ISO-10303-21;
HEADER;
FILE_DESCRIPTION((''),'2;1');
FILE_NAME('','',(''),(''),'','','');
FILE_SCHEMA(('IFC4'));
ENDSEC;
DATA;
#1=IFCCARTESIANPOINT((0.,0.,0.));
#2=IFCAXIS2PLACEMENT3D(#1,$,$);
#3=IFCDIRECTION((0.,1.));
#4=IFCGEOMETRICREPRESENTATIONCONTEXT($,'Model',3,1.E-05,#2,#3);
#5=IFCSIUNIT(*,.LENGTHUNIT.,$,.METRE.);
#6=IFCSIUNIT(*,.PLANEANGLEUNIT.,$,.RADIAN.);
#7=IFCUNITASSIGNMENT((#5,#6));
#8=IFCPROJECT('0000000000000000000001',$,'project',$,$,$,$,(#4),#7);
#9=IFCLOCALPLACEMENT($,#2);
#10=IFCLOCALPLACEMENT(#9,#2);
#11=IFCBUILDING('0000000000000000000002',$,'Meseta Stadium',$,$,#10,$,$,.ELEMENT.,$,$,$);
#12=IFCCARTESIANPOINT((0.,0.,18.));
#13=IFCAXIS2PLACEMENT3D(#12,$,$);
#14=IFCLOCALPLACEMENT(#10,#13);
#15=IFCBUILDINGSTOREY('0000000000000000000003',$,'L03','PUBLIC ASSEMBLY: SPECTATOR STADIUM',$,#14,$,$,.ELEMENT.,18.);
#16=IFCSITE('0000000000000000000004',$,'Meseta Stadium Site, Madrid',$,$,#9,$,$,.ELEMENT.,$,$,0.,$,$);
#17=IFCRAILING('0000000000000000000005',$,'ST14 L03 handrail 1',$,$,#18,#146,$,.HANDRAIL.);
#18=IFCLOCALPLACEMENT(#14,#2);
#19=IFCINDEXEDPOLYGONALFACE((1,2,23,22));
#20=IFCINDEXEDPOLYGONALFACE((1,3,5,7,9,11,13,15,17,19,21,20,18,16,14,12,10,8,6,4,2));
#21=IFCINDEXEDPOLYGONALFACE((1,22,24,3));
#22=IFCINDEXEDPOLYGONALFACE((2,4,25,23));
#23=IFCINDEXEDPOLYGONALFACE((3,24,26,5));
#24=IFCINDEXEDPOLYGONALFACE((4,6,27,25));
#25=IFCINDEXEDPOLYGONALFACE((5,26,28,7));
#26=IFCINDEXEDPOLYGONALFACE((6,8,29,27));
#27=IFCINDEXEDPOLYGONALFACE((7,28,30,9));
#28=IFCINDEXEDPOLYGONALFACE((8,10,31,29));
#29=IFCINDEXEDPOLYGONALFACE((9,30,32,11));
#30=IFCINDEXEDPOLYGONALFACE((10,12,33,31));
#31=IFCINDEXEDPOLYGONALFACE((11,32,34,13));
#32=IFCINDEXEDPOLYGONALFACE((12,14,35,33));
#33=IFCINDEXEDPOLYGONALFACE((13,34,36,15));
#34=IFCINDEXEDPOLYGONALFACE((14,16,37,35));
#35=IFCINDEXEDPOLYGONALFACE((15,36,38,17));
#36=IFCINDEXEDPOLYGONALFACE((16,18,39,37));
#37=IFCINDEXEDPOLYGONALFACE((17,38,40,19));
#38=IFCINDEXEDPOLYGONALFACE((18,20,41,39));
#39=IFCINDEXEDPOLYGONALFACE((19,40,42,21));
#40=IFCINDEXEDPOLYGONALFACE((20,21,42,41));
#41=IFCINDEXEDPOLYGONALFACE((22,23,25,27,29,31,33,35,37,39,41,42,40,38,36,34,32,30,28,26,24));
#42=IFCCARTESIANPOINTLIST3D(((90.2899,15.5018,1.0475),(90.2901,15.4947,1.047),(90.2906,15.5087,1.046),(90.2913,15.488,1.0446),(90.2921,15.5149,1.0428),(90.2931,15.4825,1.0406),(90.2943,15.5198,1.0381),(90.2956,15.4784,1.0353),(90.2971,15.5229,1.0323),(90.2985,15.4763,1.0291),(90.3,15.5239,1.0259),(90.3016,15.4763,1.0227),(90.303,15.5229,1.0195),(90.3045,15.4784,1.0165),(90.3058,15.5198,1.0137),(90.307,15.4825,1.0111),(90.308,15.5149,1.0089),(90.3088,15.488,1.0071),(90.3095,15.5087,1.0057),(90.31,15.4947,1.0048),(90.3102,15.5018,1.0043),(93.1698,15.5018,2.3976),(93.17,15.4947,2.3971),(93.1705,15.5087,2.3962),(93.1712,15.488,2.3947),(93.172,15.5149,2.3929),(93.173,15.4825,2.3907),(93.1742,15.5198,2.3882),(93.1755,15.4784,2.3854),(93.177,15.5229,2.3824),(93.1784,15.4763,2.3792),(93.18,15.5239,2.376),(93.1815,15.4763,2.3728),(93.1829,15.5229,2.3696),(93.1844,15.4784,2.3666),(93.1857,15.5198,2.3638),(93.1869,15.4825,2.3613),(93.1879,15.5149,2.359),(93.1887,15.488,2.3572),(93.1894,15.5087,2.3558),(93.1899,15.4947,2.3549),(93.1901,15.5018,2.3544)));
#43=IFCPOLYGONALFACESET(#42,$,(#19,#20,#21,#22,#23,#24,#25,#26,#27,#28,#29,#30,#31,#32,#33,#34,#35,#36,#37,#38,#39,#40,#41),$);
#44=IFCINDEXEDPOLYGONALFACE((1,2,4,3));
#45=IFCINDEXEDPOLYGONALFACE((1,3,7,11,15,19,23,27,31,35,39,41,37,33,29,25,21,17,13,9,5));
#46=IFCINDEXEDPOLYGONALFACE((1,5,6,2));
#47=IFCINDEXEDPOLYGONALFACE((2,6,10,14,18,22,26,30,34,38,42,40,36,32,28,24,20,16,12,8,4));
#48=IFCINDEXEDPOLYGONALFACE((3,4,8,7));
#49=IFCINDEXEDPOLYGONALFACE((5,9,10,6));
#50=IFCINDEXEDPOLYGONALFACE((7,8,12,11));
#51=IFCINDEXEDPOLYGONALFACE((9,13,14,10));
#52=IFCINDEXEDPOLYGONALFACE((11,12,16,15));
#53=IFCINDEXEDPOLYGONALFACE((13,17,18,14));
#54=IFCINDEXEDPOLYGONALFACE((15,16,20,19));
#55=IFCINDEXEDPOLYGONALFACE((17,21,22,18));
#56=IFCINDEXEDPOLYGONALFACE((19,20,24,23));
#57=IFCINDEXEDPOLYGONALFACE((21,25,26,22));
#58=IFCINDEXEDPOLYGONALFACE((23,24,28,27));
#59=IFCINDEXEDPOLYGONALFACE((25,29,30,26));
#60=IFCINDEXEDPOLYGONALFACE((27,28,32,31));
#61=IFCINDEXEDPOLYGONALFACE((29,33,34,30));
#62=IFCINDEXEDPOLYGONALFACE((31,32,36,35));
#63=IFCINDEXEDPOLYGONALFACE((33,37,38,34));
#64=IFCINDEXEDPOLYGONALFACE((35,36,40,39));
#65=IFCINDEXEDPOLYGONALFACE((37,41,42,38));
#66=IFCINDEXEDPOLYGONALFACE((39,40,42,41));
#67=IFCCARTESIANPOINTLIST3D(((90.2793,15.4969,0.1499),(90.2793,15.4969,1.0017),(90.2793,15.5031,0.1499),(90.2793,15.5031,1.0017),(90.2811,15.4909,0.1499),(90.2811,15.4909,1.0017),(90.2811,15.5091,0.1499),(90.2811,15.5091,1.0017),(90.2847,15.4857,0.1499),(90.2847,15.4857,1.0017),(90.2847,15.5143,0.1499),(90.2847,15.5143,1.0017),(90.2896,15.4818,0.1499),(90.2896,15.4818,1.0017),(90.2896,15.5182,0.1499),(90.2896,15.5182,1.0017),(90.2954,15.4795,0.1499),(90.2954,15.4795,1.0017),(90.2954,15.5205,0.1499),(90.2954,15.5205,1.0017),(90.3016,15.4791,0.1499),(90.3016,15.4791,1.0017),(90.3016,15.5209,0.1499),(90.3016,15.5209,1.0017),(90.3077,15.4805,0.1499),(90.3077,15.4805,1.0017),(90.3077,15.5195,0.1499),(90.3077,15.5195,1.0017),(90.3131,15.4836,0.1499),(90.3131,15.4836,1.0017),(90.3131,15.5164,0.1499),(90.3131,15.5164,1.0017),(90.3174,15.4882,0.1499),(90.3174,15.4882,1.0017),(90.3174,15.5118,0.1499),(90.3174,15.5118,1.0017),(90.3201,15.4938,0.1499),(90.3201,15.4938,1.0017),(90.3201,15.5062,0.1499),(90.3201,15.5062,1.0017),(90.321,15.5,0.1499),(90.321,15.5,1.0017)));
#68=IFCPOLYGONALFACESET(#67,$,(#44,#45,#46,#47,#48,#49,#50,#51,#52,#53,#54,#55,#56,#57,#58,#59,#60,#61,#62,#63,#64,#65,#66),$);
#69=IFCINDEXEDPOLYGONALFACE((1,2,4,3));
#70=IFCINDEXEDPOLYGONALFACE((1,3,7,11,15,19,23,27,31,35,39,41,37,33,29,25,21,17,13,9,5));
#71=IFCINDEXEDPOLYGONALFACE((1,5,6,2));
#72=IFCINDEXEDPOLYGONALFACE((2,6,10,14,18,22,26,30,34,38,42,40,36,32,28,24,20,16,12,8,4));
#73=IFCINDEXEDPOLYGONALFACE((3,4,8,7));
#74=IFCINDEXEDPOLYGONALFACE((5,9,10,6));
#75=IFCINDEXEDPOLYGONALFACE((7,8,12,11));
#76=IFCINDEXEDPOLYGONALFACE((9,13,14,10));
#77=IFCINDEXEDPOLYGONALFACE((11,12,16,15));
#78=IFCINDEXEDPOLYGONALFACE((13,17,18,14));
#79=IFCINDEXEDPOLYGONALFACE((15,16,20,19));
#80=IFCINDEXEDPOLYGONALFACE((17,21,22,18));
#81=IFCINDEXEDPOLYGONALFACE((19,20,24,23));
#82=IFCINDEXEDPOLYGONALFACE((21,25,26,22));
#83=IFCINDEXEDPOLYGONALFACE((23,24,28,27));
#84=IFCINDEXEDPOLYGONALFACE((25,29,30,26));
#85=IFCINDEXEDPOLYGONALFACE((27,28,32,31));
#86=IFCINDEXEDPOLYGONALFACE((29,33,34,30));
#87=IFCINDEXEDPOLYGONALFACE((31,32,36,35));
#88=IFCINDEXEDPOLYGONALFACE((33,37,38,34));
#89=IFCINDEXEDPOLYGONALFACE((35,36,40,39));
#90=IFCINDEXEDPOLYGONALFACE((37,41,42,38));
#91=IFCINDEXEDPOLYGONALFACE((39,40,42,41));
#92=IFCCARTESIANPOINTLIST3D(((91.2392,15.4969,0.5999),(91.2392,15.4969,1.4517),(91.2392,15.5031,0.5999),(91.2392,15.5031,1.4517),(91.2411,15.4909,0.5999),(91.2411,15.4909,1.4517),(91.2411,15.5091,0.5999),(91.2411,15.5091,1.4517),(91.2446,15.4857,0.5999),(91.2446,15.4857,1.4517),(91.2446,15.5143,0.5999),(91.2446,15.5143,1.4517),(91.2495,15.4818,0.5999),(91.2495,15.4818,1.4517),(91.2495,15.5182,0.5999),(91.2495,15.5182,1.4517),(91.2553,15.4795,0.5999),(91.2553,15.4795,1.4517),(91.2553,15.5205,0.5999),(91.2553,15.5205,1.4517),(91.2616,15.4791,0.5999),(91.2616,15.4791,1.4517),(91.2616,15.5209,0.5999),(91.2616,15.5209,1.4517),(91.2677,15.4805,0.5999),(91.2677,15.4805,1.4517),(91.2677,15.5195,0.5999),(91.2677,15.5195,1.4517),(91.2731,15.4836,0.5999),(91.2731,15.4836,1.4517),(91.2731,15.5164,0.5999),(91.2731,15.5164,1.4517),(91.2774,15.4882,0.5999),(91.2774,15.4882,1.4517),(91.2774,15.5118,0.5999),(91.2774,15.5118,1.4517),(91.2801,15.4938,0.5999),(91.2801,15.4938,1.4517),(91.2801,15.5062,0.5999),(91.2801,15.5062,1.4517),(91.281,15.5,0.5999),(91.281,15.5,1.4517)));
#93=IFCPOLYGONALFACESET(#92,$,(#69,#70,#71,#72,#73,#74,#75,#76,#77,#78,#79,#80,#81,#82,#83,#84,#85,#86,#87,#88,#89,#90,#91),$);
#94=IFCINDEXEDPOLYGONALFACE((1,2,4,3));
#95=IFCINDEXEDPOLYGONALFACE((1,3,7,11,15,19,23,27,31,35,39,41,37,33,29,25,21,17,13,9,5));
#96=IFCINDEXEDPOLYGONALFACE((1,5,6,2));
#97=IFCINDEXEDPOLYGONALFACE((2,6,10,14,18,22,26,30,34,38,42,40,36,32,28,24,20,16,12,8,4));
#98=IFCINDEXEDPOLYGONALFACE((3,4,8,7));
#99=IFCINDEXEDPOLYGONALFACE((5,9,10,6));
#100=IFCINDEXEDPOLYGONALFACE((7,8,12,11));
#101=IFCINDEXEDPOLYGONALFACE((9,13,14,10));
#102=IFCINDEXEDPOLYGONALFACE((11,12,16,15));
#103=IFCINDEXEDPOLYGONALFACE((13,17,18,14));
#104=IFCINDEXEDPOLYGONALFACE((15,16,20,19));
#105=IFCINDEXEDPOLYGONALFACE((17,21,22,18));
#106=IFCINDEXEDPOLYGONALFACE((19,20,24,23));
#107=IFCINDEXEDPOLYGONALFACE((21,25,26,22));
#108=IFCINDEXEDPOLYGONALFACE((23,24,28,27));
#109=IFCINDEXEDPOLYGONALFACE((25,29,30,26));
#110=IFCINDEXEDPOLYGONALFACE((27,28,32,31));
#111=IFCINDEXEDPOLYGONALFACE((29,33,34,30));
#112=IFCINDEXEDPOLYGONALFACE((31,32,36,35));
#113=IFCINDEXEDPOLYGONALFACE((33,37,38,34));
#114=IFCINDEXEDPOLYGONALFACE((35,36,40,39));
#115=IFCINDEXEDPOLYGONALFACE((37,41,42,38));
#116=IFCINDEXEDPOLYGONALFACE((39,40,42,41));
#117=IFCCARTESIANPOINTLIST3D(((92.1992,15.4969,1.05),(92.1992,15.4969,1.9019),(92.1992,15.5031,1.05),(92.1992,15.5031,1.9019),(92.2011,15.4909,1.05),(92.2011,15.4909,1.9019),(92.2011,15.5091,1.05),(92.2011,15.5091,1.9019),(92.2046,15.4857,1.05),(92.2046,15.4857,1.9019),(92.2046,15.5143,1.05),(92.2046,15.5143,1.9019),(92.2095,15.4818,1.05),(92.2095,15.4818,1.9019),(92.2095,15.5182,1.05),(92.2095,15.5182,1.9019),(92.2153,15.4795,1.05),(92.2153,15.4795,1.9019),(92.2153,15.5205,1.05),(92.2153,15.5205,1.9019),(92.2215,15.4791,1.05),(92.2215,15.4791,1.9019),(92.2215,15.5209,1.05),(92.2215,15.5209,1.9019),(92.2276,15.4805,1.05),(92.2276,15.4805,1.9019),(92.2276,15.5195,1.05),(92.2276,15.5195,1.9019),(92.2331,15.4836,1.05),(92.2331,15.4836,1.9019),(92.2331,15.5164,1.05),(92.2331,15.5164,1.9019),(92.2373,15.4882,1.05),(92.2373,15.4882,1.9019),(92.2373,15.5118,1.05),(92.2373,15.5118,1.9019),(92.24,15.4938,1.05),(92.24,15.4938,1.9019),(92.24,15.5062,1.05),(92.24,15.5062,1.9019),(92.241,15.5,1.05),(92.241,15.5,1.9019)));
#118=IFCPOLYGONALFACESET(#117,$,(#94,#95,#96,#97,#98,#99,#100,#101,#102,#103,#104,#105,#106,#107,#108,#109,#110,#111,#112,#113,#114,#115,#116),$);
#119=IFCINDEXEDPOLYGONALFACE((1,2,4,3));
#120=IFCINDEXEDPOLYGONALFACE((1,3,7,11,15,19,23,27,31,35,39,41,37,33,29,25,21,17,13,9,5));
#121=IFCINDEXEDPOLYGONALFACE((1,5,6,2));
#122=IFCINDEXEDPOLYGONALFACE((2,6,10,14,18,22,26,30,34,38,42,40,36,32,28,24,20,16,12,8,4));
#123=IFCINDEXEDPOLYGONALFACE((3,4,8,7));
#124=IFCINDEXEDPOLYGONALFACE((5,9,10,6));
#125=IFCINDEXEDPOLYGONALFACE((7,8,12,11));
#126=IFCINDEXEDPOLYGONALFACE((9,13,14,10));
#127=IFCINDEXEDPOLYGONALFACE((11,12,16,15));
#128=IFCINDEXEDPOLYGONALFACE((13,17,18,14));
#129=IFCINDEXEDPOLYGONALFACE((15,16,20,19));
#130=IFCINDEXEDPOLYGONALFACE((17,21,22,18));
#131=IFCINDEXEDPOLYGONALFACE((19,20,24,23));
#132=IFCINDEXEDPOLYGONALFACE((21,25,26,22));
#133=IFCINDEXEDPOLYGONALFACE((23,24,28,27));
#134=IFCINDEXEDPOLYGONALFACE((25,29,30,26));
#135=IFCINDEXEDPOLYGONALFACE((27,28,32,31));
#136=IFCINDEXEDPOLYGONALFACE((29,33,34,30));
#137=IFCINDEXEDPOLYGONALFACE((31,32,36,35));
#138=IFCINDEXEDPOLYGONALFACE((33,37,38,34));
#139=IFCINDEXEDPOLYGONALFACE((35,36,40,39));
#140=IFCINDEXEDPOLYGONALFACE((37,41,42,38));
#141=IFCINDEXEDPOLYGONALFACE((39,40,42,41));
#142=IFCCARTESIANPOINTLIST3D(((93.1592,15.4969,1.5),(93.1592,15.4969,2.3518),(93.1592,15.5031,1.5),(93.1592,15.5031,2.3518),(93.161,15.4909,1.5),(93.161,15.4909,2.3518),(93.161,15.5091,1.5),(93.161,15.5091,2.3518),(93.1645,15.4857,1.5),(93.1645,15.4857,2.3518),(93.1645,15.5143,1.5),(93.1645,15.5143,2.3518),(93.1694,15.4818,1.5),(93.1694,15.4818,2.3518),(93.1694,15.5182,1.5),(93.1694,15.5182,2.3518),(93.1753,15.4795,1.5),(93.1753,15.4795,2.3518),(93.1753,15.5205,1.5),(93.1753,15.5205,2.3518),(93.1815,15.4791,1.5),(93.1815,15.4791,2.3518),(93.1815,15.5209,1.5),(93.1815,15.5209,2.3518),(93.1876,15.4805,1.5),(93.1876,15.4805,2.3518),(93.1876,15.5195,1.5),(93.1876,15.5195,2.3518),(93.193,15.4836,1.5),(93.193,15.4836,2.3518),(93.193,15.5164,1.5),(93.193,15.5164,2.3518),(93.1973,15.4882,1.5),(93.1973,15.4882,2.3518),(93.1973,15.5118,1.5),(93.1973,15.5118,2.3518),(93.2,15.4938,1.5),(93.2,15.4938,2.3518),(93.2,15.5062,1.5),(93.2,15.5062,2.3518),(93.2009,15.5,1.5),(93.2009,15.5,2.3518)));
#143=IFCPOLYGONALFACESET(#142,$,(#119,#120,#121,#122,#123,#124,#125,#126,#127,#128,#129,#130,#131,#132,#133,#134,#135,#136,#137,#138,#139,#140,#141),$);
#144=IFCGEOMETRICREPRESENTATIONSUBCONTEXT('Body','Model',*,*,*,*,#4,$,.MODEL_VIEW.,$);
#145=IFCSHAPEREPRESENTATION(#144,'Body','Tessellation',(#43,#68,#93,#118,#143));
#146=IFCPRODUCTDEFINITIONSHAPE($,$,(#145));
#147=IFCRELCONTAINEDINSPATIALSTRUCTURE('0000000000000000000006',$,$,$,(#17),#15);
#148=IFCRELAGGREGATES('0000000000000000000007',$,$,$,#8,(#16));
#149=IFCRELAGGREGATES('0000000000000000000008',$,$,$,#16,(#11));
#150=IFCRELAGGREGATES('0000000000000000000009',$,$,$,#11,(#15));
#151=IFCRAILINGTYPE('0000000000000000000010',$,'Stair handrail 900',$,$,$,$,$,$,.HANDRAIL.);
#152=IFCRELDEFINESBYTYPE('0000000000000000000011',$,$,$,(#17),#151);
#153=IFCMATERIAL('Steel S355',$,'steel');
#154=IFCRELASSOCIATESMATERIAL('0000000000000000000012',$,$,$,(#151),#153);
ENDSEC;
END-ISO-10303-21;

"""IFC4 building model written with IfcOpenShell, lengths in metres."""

from ifc_helpers import new_model, si_unit, direction, frame, origin, origin_2d, place, context, subcontext, project, spatial, circle, extrude, material, type_object, element, save


model = new_model("IFC4")

# Units and contexts
model_context = context("Model", 3, precision=1e-05, world=origin(), true_north=direction((0.0, 1.0)))
body_context = subcontext(model_context, "Body", "Model", "MODEL_VIEW")
ifc_project = project(units=[si_unit("LENGTHUNIT", "METRE"), si_unit("PLANEANGLEUNIT", "RADIAN")], contexts=[model_context])

# Site, building, storey
site_placement = place(None, origin())
site = spatial("IfcSite", under=ifc_project, at=site_placement, Name="Meseta Stadium Site, Madrid", CompositionType="ELEMENT", RefElevation=0.0)
building_placement = place(site_placement, origin())
building = spatial("IfcBuilding", under=site, at=building_placement, Name="Meseta Stadium", CompositionType="ELEMENT")
storey_placement = place(building_placement, frame((0.0, 0.0, 18.0)))
storey = spatial("IfcBuildingStorey", under=building, at=storey_placement, Name="L03", Description="PUBLIC ASSEMBLY: SPECTATOR STADIUM", CompositionType="ELEMENT", Elevation=18.0)

# Railing
ifc_material_1 = material(Name="Steel S355", Category="steel")
railing_type_1 = type_object("IfcRailingType", Name="Stair handrail 900", PredefinedType="HANDRAIL", material=ifc_material_1)
for number, where, name in (
    (1, (90.3, 15.5, 0.1499), "ST14 L03 handrail 1"),
):
    element("IfcRailing", number, at=place(storey_placement, frame(where)), inside=storey, type_object=railing_type_1, Name=name, PredefinedType="HANDRAIL", context=body_context, shape_type="SweptSolid", body=[
        extrude(circle(Radius=0.0239, at=origin_2d()), frame((0.0, 0.0, 0.876), z_axis=(0.90544, 0.0, 0.424473), x_axis=(0.0, 1.0, 0.0)), (0.0, 0.0, 1.0), 3.1807),
        extrude(circle(Radius=0.021, at=origin_2d()), origin(), (0.0, 0.0, 1.0), 0.8518),
        extrude(circle(Radius=0.021, at=origin_2d()), frame((0.96, 0.0, 0.45)), (0.0, 0.0, 1.0), 0.8518),
        extrude(circle(Radius=0.021, at=origin_2d()), frame((1.9199, 0.0, 0.9001)), (0.0, 0.0, 1.0), 0.8518),
        extrude(circle(Radius=0.021, at=origin_2d()), frame((2.8799, 0.0, 1.3501)), (0.0, 0.0, 1.0), 0.8518),
    ])

save(model, "model.ifc")
